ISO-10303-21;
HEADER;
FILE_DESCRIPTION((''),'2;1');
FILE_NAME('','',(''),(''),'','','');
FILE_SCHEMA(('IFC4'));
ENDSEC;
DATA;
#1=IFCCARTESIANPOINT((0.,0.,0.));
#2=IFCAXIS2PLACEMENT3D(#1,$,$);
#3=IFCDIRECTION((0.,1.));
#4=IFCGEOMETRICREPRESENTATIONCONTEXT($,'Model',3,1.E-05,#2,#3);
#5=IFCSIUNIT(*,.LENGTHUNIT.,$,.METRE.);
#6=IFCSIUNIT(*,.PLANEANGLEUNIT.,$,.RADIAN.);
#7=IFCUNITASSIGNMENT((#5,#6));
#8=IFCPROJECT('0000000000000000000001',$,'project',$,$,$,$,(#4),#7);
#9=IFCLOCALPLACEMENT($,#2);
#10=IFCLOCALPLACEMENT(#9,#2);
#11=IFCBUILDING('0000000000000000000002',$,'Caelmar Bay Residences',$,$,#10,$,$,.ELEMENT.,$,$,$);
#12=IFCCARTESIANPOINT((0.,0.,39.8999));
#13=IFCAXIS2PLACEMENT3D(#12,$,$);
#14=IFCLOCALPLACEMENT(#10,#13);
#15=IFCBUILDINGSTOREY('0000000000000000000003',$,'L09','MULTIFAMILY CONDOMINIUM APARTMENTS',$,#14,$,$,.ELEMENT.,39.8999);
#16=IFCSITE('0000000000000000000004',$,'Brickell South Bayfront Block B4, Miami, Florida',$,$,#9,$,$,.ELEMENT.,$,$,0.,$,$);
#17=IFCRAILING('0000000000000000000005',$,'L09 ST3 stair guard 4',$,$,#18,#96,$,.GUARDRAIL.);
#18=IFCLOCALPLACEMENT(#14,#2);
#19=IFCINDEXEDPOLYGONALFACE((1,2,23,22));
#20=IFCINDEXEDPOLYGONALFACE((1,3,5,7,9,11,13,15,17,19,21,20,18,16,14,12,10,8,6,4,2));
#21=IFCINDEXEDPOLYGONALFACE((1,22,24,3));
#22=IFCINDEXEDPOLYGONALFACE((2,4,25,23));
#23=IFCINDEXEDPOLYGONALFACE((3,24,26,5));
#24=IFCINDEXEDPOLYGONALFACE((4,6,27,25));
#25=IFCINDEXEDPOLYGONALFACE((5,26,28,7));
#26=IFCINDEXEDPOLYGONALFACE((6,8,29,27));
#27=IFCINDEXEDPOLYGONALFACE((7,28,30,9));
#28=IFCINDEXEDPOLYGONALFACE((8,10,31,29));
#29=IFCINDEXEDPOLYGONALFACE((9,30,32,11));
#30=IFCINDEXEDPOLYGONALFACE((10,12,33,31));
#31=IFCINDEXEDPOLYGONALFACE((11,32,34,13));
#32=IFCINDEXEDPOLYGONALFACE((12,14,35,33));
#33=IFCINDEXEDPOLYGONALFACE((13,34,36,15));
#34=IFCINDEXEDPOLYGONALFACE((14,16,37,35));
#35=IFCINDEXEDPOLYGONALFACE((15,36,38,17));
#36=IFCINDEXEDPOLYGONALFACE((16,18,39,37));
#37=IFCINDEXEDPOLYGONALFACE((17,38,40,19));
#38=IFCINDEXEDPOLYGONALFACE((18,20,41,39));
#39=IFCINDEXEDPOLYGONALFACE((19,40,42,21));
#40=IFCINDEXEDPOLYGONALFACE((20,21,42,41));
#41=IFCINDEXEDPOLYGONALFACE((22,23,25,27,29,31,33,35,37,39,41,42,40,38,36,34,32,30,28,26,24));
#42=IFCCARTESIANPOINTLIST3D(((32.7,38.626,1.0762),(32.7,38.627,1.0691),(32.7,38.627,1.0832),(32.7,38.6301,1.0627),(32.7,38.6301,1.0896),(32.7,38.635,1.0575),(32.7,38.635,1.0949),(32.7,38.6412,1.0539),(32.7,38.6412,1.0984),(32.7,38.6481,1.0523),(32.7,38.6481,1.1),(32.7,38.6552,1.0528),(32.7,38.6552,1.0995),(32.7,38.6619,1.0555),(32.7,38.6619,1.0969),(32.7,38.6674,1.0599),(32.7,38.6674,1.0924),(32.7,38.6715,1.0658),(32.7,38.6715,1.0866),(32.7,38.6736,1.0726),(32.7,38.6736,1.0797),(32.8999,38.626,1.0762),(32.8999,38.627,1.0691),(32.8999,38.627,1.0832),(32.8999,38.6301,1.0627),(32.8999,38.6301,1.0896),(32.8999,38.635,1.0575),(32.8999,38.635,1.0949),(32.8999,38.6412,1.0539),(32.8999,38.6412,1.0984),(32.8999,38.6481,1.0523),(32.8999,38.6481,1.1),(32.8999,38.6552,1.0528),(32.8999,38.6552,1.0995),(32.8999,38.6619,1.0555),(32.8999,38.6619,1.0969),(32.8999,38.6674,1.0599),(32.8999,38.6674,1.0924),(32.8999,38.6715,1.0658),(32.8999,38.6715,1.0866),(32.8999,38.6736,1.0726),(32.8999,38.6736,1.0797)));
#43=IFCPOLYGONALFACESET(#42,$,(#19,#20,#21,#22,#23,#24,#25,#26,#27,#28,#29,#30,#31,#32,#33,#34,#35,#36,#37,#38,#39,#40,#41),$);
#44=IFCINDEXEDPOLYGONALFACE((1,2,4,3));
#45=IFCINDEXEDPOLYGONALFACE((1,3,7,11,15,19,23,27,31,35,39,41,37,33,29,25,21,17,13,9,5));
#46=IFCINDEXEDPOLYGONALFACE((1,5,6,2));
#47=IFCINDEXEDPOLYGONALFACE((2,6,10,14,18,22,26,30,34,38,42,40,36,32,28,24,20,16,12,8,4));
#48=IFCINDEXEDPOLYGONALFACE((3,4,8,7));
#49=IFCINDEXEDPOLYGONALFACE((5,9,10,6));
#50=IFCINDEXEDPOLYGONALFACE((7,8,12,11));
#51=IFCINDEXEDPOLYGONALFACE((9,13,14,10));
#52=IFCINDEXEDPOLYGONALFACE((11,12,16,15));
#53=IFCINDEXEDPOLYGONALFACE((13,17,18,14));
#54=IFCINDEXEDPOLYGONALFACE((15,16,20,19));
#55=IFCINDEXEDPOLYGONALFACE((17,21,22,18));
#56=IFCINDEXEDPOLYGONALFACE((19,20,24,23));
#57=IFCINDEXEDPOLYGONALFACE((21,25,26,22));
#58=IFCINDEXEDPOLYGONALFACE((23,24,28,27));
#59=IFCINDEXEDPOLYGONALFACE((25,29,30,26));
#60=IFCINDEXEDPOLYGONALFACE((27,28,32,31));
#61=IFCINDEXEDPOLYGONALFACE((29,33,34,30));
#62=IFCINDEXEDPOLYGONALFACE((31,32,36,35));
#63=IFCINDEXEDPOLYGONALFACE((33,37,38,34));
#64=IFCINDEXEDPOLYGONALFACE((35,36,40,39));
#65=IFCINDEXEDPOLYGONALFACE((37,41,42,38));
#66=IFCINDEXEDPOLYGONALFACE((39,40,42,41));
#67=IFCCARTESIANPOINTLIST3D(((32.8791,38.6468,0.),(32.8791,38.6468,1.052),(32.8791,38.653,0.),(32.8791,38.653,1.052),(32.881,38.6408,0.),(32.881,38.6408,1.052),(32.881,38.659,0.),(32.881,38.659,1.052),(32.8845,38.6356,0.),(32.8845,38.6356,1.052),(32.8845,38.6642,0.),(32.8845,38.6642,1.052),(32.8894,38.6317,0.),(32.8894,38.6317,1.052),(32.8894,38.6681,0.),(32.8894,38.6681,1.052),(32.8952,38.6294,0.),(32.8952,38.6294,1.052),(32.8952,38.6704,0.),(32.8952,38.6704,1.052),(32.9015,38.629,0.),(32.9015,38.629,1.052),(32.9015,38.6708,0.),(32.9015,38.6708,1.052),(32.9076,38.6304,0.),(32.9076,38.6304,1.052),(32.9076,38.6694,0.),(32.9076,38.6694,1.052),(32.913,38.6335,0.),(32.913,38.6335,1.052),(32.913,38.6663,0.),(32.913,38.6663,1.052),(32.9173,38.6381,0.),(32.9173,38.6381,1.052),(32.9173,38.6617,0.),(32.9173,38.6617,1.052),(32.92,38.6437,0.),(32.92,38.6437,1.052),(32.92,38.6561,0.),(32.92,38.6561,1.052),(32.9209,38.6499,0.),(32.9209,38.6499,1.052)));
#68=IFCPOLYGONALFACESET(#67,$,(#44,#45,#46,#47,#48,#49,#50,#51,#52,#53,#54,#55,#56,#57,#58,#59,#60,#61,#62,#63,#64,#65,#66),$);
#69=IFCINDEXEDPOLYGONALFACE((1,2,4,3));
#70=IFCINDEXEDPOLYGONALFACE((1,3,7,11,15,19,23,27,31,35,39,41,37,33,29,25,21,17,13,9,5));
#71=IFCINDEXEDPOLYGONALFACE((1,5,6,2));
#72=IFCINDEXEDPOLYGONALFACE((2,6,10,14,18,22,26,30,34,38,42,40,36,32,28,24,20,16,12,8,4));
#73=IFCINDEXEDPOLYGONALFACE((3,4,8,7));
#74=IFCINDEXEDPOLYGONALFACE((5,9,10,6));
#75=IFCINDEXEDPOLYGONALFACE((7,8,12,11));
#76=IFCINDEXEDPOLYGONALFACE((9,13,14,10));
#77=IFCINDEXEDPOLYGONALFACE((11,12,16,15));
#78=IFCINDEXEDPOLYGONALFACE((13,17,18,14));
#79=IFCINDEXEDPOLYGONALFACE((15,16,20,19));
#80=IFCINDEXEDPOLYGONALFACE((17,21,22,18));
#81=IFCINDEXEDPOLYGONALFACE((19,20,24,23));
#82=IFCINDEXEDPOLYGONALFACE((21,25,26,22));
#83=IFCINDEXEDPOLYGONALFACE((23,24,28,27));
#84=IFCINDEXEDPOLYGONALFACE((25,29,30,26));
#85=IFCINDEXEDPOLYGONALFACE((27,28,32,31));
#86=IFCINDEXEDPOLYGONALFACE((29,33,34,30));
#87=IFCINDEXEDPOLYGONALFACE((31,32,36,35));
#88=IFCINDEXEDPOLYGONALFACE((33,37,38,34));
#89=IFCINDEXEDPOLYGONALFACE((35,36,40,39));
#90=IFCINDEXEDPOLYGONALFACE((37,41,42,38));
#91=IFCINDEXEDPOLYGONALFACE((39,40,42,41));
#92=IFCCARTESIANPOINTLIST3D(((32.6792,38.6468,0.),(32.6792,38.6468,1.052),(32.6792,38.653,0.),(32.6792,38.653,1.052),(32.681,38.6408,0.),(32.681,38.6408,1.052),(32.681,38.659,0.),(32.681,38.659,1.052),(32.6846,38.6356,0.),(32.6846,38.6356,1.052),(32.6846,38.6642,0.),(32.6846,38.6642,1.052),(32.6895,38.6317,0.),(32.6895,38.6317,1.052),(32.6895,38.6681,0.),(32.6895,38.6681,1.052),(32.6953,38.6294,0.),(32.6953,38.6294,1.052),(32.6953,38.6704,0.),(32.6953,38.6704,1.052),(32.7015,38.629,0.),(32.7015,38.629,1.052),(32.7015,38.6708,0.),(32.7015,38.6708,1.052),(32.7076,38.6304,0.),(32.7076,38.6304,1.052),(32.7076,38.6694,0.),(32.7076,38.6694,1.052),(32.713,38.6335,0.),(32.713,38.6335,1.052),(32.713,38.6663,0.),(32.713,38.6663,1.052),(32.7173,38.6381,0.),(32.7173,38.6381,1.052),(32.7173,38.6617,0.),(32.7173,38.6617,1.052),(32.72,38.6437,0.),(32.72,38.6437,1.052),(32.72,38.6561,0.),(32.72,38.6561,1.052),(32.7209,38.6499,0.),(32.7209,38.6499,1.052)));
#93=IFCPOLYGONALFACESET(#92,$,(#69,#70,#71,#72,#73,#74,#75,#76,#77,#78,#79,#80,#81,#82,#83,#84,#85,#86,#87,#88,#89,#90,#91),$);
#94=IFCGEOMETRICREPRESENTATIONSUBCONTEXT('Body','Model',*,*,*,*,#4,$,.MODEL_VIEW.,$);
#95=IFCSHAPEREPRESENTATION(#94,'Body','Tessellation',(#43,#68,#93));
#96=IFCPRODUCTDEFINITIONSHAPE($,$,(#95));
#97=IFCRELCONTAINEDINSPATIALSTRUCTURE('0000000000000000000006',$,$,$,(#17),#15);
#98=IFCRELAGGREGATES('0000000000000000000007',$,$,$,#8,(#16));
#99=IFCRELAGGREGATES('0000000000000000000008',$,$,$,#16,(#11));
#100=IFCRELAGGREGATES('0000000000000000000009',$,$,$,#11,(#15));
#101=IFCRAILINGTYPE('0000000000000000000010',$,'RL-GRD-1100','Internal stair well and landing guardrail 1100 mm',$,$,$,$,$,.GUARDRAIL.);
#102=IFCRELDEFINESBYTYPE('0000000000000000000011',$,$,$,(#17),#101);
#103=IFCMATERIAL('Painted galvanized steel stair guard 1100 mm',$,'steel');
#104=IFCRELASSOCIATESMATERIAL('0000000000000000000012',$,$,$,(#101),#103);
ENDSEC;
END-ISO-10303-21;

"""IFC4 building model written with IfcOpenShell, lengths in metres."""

from ifc_helpers import new_model, si_unit, direction, frame, origin, origin_2d, place, context, subcontext, project, spatial, circle, extrude, material, type_object, element, save


model = new_model("IFC4")

# Units and contexts
model_context = context("Model", 3, precision=1e-05, world=origin(), true_north=direction((0.0, 1.0)))
body_context = subcontext(model_context, "Body", "Model", "MODEL_VIEW")
ifc_project = project(units=[si_unit("LENGTHUNIT", "METRE"), si_unit("PLANEANGLEUNIT", "RADIAN")], contexts=[model_context])

# Site, building, storey
site_placement = place(None, origin())
site = spatial("IfcSite", under=ifc_project, at=site_placement, Name="Brickell South Bayfront Block B4, Miami, Florida", CompositionType="ELEMENT", RefElevation=0.0)
building_placement = place(site_placement, origin())
building = spatial("IfcBuilding", under=site, at=building_placement, Name="Caelmar Bay Residences", CompositionType="ELEMENT")
storey_placement = place(building_placement, frame((0.0, 0.0, 39.8999)))
storey = spatial("IfcBuildingStorey", under=building, at=storey_placement, Name="L09", Description="MULTIFAMILY CONDOMINIUM APARTMENTS", CompositionType="ELEMENT", Elevation=39.8999)

# Railing
ifc_material_1 = material(Name="Painted galvanized steel stair guard 1100 mm", Category="steel")
railing_type_1 = type_object("IfcRailingType", Name="RL-GRD-1100", Description="Internal stair well and landing guardrail 1100 mm", PredefinedType="GUARDRAIL", material=ifc_material_1)
railing_1_placement = place(storey_placement, frame((32.8999, 38.6499, 0.0)))
element("IfcRailing", 1, at=railing_1_placement, inside=storey, type_object=railing_type_1, Name="L09 ST3 stair guard 4", PredefinedType="GUARDRAIL", context=body_context, shape_type="SweptSolid", body=[
    extrude(circle(Radius=0.0239, at=origin_2d()), frame((0.0, 0.0, 1.0762), z_axis=(-1.0, 0.0, 0.0), x_axis=(0.0, -1.0, 0.0)), (0.0, 0.0, 1.0), 0.2),
    extrude(circle(Radius=0.021, at=origin_2d()), origin(), (0.0, 0.0, 1.0), 1.052),
    extrude(circle(Radius=0.021, at=origin_2d()), frame((-0.2, 0.0, 0.0)), (0.0, 0.0, 1.0), 1.052),
])

save(model, "model.ifc")
